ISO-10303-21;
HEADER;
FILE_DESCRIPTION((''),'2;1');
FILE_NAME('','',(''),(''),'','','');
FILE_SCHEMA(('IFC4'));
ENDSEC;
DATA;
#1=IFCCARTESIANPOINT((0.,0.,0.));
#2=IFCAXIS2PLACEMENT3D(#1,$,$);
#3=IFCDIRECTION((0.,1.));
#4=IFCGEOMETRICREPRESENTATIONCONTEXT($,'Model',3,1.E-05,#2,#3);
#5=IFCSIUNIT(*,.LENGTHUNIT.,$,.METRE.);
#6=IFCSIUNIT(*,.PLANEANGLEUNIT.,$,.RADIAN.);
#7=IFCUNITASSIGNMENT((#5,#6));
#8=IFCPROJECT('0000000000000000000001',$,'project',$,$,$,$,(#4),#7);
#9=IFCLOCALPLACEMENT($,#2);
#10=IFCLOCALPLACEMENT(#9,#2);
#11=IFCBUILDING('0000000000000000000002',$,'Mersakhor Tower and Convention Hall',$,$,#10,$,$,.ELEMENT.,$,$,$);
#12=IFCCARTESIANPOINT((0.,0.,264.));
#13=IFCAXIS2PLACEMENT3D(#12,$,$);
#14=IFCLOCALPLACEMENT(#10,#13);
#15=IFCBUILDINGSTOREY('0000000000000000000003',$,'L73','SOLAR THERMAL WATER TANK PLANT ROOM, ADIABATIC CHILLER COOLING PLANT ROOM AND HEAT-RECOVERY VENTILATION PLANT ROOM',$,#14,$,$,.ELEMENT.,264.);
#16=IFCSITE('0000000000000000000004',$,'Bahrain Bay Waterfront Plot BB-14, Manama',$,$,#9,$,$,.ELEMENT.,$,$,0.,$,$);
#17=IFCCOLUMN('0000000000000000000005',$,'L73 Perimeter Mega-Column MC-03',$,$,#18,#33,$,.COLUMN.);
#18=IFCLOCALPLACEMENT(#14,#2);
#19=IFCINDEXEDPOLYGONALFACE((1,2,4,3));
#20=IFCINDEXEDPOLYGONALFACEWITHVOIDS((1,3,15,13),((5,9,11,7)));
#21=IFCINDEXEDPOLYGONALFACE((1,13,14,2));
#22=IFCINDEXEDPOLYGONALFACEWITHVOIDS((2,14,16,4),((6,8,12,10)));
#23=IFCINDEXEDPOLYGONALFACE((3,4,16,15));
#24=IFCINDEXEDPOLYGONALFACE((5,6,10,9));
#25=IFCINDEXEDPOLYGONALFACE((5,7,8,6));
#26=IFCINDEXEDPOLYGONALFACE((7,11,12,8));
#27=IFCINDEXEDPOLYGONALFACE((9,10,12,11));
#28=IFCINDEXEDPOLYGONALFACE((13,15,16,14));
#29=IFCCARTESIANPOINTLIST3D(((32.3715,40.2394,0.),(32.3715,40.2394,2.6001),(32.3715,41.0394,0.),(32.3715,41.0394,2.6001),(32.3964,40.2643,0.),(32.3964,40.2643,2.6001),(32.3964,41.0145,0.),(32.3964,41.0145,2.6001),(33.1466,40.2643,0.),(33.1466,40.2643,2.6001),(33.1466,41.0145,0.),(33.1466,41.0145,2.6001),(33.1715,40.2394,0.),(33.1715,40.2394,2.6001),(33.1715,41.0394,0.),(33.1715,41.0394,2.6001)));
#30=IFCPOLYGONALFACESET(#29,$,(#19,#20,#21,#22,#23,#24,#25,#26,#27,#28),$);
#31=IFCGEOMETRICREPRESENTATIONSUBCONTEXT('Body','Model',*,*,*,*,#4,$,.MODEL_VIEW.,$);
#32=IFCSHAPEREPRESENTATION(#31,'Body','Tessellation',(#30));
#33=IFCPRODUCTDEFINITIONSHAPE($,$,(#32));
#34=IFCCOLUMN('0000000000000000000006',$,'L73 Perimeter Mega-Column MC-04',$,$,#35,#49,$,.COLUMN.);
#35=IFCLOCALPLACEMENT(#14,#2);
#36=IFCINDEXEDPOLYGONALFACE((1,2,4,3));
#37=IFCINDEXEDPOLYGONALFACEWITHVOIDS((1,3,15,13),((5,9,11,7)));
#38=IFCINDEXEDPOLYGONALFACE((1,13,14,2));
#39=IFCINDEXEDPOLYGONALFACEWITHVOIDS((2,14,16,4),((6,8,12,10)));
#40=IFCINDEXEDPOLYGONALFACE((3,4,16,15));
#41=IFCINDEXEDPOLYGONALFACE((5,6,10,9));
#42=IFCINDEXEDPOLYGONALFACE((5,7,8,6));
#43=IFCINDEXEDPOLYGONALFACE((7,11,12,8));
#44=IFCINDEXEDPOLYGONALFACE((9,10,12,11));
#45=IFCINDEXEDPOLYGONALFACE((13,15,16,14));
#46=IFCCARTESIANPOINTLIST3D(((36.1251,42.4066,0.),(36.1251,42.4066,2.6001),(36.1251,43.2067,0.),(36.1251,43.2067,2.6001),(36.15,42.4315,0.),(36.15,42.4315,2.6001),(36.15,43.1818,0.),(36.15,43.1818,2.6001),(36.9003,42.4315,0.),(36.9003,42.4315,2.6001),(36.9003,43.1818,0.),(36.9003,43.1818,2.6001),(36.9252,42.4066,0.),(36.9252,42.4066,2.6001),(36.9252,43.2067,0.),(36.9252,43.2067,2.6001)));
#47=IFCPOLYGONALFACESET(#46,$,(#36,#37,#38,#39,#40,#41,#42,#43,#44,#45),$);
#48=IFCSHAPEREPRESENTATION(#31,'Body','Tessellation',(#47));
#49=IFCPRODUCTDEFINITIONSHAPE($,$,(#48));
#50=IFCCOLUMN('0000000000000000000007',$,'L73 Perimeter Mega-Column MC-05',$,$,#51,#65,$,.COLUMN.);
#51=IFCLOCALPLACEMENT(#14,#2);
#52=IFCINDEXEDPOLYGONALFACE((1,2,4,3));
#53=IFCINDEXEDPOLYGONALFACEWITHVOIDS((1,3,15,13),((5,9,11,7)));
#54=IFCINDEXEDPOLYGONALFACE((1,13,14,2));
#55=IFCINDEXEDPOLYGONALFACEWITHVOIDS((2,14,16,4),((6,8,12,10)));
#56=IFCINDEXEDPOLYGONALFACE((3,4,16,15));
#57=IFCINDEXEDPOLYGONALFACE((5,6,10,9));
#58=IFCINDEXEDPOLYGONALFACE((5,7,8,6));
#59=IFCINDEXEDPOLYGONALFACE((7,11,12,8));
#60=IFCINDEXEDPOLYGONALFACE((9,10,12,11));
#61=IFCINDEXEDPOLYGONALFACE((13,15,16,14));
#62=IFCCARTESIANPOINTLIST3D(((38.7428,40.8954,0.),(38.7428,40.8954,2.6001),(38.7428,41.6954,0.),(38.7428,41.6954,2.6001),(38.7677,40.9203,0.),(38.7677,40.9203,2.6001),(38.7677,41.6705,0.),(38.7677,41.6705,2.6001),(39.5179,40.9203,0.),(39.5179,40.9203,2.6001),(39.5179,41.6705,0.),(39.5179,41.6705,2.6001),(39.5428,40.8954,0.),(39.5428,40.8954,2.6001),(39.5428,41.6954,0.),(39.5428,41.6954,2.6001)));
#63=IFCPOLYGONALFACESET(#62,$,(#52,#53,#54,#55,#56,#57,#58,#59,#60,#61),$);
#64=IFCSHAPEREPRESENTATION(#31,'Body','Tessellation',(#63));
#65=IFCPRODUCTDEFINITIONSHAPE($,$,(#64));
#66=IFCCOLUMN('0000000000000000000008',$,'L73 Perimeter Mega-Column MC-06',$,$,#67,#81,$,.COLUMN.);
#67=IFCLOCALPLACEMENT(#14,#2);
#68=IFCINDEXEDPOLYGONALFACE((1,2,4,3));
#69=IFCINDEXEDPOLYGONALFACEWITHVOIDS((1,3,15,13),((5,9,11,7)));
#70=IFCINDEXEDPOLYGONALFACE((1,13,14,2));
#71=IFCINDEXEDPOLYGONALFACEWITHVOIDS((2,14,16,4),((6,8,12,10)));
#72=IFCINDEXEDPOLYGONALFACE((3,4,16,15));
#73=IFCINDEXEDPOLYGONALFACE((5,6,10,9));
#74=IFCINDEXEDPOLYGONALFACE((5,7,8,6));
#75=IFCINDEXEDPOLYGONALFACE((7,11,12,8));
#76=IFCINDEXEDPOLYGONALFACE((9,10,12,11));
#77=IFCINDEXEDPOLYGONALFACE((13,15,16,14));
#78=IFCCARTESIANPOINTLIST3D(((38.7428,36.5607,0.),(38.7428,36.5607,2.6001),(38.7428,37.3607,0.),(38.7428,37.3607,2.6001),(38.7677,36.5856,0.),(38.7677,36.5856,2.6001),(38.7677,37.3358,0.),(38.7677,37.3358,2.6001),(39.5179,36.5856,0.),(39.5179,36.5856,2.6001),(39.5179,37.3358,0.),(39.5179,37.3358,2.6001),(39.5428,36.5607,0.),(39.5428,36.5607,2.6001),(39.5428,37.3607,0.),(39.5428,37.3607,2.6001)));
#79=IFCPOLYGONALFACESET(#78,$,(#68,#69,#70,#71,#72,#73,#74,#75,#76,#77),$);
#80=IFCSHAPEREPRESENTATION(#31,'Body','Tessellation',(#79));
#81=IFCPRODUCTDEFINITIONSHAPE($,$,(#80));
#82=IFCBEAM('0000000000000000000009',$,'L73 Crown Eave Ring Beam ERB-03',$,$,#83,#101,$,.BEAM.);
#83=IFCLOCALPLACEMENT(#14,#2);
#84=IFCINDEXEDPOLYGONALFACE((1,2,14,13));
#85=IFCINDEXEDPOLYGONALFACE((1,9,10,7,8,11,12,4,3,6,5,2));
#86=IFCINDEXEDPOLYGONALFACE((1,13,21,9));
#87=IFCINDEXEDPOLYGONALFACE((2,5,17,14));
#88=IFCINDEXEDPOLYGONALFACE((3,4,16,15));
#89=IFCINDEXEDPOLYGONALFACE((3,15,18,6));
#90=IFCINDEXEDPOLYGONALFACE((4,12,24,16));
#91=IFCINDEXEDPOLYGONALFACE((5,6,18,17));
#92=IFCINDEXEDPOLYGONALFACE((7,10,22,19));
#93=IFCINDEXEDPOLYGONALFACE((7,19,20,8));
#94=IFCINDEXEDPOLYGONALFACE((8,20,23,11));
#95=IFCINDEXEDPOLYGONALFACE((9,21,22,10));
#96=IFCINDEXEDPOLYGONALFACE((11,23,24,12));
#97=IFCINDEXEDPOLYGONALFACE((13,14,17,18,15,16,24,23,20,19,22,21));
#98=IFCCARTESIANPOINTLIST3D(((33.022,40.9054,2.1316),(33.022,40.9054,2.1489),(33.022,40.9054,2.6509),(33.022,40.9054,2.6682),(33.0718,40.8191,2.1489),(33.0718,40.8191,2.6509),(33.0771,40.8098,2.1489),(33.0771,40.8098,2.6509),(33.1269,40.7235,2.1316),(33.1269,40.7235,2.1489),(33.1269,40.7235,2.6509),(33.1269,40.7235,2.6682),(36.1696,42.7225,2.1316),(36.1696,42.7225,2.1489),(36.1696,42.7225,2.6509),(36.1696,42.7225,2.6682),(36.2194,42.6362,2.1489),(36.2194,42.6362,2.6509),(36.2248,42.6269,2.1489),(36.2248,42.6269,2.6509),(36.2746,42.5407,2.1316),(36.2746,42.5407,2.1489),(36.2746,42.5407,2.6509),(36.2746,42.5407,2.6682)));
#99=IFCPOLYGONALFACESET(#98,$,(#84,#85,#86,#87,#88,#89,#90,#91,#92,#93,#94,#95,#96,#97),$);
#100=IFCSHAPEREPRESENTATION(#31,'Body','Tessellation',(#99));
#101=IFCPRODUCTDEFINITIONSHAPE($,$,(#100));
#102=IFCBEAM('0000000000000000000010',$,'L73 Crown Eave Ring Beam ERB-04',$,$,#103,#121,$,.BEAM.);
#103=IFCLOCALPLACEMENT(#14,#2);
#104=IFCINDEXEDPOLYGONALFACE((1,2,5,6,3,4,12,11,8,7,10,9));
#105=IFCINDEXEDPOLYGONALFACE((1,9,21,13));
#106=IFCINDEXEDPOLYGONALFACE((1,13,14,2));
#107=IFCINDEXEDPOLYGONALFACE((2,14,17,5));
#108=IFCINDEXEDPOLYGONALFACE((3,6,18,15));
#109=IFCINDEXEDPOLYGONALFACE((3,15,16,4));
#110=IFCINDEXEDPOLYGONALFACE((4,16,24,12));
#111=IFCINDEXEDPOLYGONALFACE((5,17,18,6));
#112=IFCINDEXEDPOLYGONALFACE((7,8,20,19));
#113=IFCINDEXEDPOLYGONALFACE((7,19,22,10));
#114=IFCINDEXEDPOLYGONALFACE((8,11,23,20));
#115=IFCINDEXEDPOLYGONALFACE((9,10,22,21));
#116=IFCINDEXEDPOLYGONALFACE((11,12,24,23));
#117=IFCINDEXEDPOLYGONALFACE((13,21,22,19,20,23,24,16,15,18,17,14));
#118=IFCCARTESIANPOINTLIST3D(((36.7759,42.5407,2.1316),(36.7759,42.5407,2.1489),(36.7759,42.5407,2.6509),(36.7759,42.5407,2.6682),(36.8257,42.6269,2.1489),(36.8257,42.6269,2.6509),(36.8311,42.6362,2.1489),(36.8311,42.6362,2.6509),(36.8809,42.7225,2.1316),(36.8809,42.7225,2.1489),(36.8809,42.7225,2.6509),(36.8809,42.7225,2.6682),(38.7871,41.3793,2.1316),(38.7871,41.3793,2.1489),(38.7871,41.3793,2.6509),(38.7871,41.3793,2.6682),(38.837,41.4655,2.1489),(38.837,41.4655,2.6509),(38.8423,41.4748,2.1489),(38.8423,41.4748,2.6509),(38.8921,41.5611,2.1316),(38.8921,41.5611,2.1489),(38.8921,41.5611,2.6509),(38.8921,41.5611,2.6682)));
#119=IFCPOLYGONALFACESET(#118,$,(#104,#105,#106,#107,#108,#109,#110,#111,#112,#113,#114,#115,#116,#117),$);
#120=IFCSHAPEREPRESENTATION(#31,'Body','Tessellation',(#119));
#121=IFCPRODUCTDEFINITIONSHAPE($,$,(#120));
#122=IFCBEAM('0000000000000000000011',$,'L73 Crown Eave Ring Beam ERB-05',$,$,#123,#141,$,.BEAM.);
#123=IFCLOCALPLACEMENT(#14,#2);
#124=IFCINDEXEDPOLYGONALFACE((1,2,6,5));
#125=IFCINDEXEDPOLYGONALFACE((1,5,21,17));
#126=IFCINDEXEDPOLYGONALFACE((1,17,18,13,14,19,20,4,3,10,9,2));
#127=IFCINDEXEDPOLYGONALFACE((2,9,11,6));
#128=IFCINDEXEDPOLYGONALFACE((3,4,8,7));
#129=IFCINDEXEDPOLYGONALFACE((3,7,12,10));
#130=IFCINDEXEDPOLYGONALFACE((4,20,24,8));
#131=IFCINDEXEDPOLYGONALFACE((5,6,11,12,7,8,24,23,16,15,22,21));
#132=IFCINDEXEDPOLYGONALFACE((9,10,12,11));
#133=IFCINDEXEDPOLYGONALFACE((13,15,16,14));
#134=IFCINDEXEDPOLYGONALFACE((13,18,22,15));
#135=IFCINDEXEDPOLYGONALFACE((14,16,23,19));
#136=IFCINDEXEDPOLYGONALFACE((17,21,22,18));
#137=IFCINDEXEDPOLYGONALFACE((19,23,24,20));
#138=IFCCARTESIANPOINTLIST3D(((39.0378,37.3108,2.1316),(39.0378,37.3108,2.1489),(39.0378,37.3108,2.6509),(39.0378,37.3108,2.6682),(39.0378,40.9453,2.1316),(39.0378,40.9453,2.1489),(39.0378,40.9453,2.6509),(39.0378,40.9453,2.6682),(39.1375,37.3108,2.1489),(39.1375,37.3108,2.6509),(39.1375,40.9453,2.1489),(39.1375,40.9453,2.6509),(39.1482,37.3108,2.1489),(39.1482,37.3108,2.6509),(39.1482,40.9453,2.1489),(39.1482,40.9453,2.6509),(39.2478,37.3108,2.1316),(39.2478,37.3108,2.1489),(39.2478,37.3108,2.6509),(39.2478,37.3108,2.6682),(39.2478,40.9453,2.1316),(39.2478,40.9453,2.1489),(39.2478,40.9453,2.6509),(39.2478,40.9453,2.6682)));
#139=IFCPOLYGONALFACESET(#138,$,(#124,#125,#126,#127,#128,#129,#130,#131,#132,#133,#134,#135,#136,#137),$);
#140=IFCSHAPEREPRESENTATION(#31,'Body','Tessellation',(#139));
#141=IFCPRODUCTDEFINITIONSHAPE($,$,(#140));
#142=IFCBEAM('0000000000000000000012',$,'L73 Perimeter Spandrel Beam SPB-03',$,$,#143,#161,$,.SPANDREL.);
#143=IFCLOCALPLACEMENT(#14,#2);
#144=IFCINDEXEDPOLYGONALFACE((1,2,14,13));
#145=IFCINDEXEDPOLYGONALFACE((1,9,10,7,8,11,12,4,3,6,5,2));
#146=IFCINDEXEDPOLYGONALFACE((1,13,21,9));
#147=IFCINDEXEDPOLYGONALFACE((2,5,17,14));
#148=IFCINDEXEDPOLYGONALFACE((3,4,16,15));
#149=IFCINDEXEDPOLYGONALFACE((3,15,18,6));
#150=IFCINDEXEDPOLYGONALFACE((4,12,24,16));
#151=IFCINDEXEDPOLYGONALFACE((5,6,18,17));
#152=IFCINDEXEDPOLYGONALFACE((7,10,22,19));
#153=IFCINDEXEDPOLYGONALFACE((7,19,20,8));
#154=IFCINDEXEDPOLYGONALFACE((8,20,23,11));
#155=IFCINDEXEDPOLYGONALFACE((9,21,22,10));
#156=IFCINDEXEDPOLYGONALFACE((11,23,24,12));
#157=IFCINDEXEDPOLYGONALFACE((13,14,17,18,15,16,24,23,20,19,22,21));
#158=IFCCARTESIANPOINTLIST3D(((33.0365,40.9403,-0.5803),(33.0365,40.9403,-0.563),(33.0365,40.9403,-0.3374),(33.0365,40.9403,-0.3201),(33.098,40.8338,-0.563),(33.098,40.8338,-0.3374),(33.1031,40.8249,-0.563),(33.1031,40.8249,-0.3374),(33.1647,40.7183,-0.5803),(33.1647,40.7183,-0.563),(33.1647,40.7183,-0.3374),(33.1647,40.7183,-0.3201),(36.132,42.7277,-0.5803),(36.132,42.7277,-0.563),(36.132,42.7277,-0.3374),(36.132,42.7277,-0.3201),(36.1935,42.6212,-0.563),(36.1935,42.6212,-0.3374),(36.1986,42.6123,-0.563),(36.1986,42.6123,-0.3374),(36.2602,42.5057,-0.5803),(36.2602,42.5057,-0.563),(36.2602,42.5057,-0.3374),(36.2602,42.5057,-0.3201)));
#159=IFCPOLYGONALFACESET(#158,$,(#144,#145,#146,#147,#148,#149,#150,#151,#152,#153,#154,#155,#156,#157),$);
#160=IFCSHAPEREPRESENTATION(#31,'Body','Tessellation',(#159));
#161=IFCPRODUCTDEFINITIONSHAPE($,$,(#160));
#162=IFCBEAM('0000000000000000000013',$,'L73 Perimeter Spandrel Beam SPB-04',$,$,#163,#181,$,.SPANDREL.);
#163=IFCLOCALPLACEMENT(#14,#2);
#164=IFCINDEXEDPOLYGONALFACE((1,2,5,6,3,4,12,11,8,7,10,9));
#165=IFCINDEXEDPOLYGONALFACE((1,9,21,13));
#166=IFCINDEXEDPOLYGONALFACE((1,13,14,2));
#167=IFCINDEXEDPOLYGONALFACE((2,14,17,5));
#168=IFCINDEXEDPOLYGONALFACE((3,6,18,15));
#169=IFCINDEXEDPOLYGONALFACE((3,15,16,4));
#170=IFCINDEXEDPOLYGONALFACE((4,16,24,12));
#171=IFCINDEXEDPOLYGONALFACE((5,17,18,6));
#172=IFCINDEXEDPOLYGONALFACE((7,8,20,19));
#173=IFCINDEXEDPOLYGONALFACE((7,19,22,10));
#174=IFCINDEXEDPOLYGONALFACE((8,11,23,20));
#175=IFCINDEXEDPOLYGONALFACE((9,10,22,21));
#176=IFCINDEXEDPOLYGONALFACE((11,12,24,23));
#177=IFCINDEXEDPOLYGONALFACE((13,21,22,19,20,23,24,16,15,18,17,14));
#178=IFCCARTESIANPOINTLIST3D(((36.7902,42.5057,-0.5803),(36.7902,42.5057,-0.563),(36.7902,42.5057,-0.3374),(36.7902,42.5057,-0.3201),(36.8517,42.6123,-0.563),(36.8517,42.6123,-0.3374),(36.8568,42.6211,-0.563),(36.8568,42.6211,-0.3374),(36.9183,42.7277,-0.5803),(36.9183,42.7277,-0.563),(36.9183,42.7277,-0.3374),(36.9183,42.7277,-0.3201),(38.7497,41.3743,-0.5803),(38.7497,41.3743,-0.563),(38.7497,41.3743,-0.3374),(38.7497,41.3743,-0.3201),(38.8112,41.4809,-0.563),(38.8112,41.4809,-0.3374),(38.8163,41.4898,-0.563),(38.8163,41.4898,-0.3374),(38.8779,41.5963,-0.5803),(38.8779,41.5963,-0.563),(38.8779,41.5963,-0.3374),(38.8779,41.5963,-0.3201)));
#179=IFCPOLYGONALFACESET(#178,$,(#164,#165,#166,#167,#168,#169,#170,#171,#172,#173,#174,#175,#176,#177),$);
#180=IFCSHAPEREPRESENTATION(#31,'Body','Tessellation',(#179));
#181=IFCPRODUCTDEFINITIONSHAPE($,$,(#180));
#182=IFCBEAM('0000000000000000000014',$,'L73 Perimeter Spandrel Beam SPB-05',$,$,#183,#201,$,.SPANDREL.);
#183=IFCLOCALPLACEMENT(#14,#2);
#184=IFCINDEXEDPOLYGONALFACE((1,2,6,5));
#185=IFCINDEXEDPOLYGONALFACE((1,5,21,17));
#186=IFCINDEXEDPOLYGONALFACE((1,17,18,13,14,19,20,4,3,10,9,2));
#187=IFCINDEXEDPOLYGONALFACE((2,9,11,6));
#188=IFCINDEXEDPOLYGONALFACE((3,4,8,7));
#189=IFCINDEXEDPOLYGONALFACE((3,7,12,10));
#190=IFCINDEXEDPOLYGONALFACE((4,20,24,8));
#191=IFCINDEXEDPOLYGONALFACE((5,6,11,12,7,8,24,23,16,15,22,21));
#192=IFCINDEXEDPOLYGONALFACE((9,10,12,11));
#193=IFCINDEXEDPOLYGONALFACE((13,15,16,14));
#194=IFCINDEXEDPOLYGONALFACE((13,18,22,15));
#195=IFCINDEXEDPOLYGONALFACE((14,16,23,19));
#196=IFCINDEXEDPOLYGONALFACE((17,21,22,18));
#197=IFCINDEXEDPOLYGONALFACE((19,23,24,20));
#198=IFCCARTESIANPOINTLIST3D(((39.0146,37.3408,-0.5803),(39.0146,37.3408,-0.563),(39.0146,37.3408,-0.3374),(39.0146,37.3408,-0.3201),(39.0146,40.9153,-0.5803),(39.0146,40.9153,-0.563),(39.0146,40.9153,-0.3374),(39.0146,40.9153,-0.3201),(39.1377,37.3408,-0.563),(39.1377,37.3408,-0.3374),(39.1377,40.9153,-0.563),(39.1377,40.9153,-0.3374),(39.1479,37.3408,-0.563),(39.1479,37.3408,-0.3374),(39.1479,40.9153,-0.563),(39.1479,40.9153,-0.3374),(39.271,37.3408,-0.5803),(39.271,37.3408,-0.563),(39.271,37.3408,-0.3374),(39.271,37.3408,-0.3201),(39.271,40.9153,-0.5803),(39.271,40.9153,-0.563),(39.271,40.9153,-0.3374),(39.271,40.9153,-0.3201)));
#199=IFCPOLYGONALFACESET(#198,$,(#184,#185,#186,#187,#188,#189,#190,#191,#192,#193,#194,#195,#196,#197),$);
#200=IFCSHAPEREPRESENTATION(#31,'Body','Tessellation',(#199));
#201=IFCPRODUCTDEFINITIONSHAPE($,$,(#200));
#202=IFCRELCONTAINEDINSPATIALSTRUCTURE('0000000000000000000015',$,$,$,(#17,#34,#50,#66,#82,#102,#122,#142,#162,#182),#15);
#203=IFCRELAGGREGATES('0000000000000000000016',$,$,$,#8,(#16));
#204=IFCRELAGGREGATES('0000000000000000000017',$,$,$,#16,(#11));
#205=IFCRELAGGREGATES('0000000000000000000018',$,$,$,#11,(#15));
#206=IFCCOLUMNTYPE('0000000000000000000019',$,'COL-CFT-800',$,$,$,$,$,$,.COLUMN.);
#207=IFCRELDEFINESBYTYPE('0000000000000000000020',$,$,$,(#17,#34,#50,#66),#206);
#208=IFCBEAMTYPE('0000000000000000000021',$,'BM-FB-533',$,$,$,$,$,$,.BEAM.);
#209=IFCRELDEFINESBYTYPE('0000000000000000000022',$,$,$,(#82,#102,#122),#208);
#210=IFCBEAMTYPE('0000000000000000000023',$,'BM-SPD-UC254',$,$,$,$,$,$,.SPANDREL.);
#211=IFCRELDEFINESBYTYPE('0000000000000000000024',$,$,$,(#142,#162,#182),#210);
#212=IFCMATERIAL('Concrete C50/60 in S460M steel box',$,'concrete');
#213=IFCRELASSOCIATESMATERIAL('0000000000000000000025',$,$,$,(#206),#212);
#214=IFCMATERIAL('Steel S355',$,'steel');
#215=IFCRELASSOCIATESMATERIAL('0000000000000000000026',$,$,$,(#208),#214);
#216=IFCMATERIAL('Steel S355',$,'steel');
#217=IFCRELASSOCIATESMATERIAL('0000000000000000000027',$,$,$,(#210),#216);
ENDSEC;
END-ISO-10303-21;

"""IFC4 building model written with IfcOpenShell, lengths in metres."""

from ifc_helpers import new_model, si_unit, direction, frame, origin, origin_2d, place, context, subcontext, project, spatial, hollow_rectangle, i_section, extrude, material, material_profile, profile_set, type_object, element, save


model = new_model("IFC4")

# Units and contexts
model_context = context("Model", 3, precision=1e-05, world=origin(), true_north=direction((0.0, 1.0)))
body_context = subcontext(model_context, "Body", "Model", "MODEL_VIEW")
ifc_project = project(units=[si_unit("LENGTHUNIT", "METRE"), si_unit("PLANEANGLEUNIT", "RADIAN")], contexts=[model_context])

# Site, building, storey
site_placement = place(None, origin())
site = spatial("IfcSite", under=ifc_project, at=site_placement, Name="Bahrain Bay Waterfront Plot BB-14, Manama", CompositionType="ELEMENT", RefElevation=0.0)
building_placement = place(site_placement, origin())
building = spatial("IfcBuilding", under=site, at=building_placement, Name="Mersakhor Tower and Convention Hall", CompositionType="ELEMENT")
storey_placement = place(building_placement, frame((0.0, 0.0, 264.0)))
storey = spatial("IfcBuildingStorey", under=building, at=storey_placement, Name="L73", Description="SOLAR THERMAL WATER TANK PLANT ROOM, ADIABATIC CHILLER COOLING PLANT ROOM AND HEAT-RECOVERY VENTILATION PLANT ROOM", CompositionType="ELEMENT", Elevation=264.0)

# Columns
ifc_material_1 = material(Name="Concrete C50/60 in S460M steel box", Category="concrete")
ifc_material_profile_1 = material_profile(ifc_material_1, hollow_rectangle(XDim=0.8, YDim=0.8, WallThickness=0.0249, at=origin_2d()), Name="SHS 800x800x25")
ifc_profile_set_1 = profile_set([ifc_material_profile_1], Name="Concrete C50/60 in S460M steel box")
column_type = type_object("IfcColumnType", Name="COL-CFT-800", PredefinedType="COLUMN", material=ifc_profile_set_1)
for number, where, z_axis, x_axis, name in (
    (1, (32.7715, 40.6394, 0.0), (0.0, 0.0, 1.0), (1.0, 0.0, 0.0), "L73 Perimeter Mega-Column MC-03"),
    (2, (36.5251, 42.8066, 0.0), (0.0, 0.0, 1.0), (1.0, 0.0, 0.0), "L73 Perimeter Mega-Column MC-04"),
    (3, (39.1428, 41.2954, 0.0), (0.0, 0.0, 1.0), (1.0, 0.0, 0.0), "L73 Perimeter Mega-Column MC-05"),
    (4, (39.1428, 36.9607, 0.0), (0.0, 0.0, 1.0), (1.0, 0.0, 0.0), "L73 Perimeter Mega-Column MC-06"),
):
    element("IfcColumn", number, at=place(storey_placement, frame(where, z_axis=z_axis, x_axis=x_axis)), inside=storey, type_object=column_type, Name=name, PredefinedType="COLUMN", context=body_context, shape_type="SweptSolid", body=[
        extrude(hollow_rectangle(XDim=0.8, YDim=0.8, WallThickness=0.0249, at=origin_2d()), origin(), (0.0, 0.0, 1.0), 2.6001),
    ])

# Beams
ifc_material_2 = material(Name="Steel S355", Category="steel")
ifc_material_profile_2 = material_profile(ifc_material_2, i_section(OverallWidth=0.21, OverallDepth=0.5366, WebThickness=0.0107, FlangeThickness=0.0173, at=origin_2d()), Name="UB 533x210x101")
ifc_profile_set_2 = profile_set([ifc_material_profile_2], Name="Steel S355")
beam_type_1 = type_object("IfcBeamType", Name="BM-FB-533", PredefinedType="BEAM", material=ifc_profile_set_2)
beam_1_placement = place(storey_placement, frame((33.0745, 40.8145, 2.3999), z_axis=(0.866048, 0.499961, 0.0), x_axis=(-0.499961, 0.866048, 0.0)))
element("IfcBeam", 5, at=beam_1_placement, inside=storey, type_object=beam_type_1, Name="L73 Crown Eave Ring Beam ERB-03", PredefinedType="BEAM", context=body_context, shape_type="SweptSolid", body=[
    extrude(i_section(OverallWidth=0.21, OverallDepth=0.5366, WebThickness=0.0107, FlangeThickness=0.0173, at=origin_2d()), origin(), (0.0, 0.0, 1.0), 3.6345),
])
beam_2_placement = place(storey_placement, frame((36.8284, 42.6316, 2.3999), z_axis=(0.86599, -0.500062, 0.0), x_axis=(0.500062, 0.86599, 0.0)))
element("IfcBeam", 6, at=beam_2_placement, inside=storey, type_object=beam_type_1, Name="L73 Crown Eave Ring Beam ERB-04", PredefinedType="BEAM", context=body_context, shape_type="SweptSolid", body=[
    extrude(i_section(OverallWidth=0.21, OverallDepth=0.5366, WebThickness=0.0107, FlangeThickness=0.0173, at=origin_2d()), origin(), (0.0, 0.0, 1.0), 2.3225),
])
beam_3_placement = place(storey_placement, frame((39.1428, 40.9453, 2.3999), z_axis=(0.0, -1.0, 0.0), x_axis=(1.0, 0.0, 0.0)))
element("IfcBeam", 7, at=beam_3_placement, inside=storey, type_object=beam_type_1, Name="L73 Crown Eave Ring Beam ERB-05", PredefinedType="BEAM", context=body_context, shape_type="SweptSolid", body=[
    extrude(i_section(OverallWidth=0.21, OverallDepth=0.5366, WebThickness=0.0107, FlangeThickness=0.0173, at=origin_2d()), origin(), (0.0, 0.0, 1.0), 3.6345),
])
ifc_material_3 = material(Name="Steel S355", Category="steel")
ifc_material_profile_3 = material_profile(ifc_material_3, i_section(OverallWidth=0.2563, OverallDepth=0.2603, WebThickness=0.0103, FlangeThickness=0.0173, at=origin_2d()), Name="UC 254x254x89")
ifc_profile_set_3 = profile_set([ifc_material_profile_3], Name="Steel S355")
beam_type_2 = type_object("IfcBeamType", Name="BM-SPD-UC254", PredefinedType="SPANDREL", material=ifc_profile_set_3)
beam_4_placement = place(storey_placement, frame((33.1006, 40.8293, -0.4502), z_axis=(0.866002, 0.50004, 0.0), x_axis=(-0.50004, 0.866002, 0.0)))
element("IfcBeam", 8, at=beam_4_placement, inside=storey, type_object=beam_type_2, Name="L73 Perimeter Spandrel Beam SPB-03", PredefinedType="SPANDREL", context=body_context, shape_type="SweptSolid", body=[
    extrude(i_section(OverallWidth=0.2563, OverallDepth=0.2603, WebThickness=0.0103, FlangeThickness=0.0173, at=origin_2d()), origin(), (0.0, 0.0, 1.0), 3.5745),
])
beam_5_placement = place(storey_placement, frame((36.8542, 42.6167, -0.4502), z_axis=(0.866017, -0.500015, 0.0), x_axis=(0.500015, 0.866017, 0.0)))
element("IfcBeam", 9, at=beam_5_placement, inside=storey, type_object=beam_type_2, Name="L73 Perimeter Spandrel Beam SPB-04", PredefinedType="SPANDREL", context=body_context, shape_type="SweptSolid", body=[
    extrude(i_section(OverallWidth=0.2563, OverallDepth=0.2603, WebThickness=0.0103, FlangeThickness=0.0173, at=origin_2d()), origin(), (0.0, 0.0, 1.0), 2.2627),
])
beam_6_placement = place(storey_placement, frame((39.1428, 40.9153, -0.4502), z_axis=(0.0, -1.0, 0.0), x_axis=(1.0, 0.0, 0.0)))
element("IfcBeam", 10, at=beam_6_placement, inside=storey, type_object=beam_type_2, Name="L73 Perimeter Spandrel Beam SPB-05", PredefinedType="SPANDREL", context=body_context, shape_type="SweptSolid", body=[
    extrude(i_section(OverallWidth=0.2563, OverallDepth=0.2603, WebThickness=0.0103, FlangeThickness=0.0173, at=origin_2d()), origin(), (0.0, 0.0, 1.0), 3.5745),
])

save(model, "model.ifc")
